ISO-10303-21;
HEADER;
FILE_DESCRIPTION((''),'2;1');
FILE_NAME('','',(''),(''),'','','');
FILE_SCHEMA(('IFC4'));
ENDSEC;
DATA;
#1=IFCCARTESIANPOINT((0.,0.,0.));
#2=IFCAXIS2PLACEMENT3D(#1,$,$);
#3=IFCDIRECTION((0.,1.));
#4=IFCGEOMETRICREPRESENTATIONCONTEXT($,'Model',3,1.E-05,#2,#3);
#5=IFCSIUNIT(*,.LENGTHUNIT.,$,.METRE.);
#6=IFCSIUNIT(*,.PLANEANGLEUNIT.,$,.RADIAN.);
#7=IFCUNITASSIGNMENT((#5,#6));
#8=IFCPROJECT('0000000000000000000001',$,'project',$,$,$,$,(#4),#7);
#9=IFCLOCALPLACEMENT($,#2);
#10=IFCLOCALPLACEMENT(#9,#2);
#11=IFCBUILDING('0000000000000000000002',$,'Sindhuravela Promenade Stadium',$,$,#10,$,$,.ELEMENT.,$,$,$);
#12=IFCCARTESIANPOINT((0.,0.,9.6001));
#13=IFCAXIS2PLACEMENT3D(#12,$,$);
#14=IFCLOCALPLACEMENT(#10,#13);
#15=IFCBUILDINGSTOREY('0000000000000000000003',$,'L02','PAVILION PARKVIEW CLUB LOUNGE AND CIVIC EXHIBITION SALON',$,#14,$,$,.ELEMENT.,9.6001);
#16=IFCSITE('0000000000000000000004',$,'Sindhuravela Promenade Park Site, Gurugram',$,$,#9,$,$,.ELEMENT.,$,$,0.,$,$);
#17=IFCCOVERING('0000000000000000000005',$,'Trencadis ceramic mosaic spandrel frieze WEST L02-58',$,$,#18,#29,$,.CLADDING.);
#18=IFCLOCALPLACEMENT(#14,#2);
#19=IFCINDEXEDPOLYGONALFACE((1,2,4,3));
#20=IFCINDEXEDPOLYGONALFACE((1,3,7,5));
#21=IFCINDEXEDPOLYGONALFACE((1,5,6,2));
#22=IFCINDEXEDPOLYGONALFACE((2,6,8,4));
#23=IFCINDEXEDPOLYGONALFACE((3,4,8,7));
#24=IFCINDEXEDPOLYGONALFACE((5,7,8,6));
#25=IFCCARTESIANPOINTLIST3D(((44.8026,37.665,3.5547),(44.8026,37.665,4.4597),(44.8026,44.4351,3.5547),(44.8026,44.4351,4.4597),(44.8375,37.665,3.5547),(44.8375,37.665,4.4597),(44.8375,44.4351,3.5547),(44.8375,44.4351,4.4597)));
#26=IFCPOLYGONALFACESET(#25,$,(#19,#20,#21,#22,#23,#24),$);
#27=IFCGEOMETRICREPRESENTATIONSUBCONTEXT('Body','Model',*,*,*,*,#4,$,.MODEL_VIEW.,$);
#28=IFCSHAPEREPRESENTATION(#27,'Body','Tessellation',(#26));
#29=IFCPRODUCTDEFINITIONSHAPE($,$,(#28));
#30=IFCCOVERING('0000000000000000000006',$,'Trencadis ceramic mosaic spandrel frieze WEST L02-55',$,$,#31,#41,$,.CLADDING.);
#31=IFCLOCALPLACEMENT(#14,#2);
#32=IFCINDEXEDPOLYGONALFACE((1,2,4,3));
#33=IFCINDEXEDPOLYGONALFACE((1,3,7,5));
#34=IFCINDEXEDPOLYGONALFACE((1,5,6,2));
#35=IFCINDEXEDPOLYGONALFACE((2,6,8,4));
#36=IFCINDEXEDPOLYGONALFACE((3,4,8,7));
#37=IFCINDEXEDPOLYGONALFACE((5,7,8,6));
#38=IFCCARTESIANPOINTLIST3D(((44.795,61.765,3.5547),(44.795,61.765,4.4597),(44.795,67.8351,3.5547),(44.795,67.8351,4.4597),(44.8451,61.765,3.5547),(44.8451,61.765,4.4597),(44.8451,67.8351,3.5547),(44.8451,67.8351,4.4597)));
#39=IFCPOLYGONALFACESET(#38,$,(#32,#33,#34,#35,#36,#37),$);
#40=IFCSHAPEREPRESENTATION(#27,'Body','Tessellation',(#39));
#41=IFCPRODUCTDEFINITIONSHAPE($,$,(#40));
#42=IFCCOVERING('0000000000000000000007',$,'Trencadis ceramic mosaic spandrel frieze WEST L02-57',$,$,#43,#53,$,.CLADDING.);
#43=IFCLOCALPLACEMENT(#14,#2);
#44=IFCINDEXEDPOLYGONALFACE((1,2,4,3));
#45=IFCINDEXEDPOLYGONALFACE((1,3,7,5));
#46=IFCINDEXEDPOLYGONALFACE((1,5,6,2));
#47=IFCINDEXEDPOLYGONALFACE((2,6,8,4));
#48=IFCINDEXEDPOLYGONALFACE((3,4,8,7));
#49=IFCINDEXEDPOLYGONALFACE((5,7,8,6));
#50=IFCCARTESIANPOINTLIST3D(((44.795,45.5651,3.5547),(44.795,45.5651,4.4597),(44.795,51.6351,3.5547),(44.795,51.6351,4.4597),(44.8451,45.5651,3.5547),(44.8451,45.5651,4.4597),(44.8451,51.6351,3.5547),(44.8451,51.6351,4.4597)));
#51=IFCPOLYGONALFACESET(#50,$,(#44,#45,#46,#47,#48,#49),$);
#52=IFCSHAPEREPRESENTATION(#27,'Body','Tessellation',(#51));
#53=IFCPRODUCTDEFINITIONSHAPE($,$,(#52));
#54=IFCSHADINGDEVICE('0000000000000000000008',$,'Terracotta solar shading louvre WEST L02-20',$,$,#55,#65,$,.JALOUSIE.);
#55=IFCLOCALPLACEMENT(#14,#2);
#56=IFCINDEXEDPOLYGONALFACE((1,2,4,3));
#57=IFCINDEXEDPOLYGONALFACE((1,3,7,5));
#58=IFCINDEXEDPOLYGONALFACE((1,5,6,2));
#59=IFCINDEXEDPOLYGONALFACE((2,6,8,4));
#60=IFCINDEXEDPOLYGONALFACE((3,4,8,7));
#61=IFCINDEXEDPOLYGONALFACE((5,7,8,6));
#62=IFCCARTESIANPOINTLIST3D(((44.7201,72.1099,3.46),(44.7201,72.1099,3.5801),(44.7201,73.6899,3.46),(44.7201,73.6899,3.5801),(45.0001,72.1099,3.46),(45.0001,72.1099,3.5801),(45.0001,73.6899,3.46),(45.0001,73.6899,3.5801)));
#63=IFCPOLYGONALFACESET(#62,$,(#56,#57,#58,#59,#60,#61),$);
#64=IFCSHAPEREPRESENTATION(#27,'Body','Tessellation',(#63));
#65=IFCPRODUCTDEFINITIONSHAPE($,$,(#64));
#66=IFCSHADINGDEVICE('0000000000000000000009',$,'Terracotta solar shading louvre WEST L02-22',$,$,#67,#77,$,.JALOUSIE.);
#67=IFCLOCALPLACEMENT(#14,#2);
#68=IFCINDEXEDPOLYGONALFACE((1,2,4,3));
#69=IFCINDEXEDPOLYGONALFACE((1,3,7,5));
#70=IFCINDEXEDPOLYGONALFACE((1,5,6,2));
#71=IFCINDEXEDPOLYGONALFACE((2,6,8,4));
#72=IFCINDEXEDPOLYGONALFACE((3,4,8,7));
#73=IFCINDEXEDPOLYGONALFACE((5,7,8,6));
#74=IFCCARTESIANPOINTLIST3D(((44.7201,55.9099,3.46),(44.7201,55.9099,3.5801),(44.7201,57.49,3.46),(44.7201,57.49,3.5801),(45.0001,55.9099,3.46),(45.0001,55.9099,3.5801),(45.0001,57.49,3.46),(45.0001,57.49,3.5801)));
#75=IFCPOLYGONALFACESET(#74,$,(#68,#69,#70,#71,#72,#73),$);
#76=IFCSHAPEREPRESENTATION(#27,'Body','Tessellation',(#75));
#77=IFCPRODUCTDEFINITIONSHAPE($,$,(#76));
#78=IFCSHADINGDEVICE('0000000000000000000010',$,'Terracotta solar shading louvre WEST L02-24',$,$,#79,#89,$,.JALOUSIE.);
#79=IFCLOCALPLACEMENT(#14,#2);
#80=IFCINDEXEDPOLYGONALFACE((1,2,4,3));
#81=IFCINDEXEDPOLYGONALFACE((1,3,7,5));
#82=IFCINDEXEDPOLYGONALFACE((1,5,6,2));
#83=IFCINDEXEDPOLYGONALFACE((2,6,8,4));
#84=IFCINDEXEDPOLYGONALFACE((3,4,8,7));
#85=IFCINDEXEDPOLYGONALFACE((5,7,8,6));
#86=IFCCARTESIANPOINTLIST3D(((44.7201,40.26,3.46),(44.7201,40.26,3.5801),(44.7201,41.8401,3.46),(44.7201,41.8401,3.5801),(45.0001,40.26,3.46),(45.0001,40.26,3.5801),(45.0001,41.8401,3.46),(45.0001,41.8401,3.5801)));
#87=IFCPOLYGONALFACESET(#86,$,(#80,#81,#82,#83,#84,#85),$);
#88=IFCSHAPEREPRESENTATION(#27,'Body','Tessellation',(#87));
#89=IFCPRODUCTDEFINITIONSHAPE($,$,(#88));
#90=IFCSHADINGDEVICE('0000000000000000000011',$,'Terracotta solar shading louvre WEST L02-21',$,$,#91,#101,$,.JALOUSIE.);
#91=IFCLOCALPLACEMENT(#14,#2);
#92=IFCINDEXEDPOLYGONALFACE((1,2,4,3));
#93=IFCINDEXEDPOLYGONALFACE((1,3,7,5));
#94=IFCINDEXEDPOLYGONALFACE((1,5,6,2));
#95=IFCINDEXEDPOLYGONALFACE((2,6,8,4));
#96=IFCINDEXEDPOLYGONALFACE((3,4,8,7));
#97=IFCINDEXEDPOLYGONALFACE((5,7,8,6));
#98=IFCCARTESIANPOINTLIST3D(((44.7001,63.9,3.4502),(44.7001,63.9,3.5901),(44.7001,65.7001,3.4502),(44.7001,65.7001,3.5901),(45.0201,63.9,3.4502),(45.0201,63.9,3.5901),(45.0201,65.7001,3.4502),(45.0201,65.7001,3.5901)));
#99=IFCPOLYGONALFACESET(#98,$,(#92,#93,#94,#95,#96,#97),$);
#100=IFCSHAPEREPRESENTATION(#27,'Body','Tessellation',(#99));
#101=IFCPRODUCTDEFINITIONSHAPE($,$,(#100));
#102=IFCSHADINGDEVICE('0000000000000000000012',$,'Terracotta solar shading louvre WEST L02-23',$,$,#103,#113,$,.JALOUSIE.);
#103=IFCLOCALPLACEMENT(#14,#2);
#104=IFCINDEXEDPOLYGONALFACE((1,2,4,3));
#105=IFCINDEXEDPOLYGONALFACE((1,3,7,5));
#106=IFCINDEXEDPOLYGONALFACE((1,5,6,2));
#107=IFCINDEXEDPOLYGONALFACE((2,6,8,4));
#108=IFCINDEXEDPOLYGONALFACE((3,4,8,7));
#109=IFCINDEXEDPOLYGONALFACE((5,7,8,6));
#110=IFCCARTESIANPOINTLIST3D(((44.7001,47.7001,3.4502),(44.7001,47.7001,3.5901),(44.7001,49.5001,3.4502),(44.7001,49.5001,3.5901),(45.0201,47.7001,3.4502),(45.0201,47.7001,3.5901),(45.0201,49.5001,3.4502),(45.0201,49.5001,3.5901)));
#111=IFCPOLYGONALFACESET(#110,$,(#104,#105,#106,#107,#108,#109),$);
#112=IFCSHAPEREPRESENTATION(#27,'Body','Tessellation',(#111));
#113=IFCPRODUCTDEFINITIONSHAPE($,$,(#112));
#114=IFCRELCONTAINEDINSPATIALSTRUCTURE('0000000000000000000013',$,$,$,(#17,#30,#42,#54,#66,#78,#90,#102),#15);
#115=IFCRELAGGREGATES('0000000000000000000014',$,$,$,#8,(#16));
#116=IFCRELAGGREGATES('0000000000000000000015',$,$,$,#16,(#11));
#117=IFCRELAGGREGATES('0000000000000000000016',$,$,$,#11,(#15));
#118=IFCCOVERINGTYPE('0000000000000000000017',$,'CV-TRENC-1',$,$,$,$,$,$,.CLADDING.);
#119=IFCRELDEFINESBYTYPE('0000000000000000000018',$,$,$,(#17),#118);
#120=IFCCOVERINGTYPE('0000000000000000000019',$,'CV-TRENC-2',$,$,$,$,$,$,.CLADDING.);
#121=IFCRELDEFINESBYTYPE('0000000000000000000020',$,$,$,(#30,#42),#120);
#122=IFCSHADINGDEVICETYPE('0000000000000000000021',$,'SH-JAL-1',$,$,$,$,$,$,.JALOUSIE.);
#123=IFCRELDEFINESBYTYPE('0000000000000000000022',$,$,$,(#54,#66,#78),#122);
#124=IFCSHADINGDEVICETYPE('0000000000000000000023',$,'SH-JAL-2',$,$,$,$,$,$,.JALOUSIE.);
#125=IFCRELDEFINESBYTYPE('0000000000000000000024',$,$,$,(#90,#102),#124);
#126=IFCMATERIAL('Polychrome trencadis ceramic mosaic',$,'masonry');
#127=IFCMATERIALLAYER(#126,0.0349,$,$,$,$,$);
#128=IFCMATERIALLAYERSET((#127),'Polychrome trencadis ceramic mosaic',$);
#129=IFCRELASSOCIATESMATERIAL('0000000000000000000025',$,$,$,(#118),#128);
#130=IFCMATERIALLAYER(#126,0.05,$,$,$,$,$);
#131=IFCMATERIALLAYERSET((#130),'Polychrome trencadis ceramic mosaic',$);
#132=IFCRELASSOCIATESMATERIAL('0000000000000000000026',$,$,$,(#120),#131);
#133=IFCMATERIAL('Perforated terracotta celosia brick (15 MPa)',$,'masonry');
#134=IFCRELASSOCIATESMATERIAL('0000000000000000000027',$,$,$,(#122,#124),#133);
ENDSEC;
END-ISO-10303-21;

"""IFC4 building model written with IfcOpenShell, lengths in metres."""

from ifc_helpers import new_model, si_unit, direction, frame, origin, origin_2d, place, context, subcontext, project, spatial, rectangle, extrude, material, layer, layer_set, type_object, element, save


model = new_model("IFC4")

# Units and contexts
model_context = context("Model", 3, precision=1e-05, world=origin(), true_north=direction((0.0, 1.0)))
body_context = subcontext(model_context, "Body", "Model", "MODEL_VIEW")
ifc_project = project(units=[si_unit("LENGTHUNIT", "METRE"), si_unit("PLANEANGLEUNIT", "RADIAN")], contexts=[model_context])

# Site, building, storey
site_placement = place(None, origin())
site = spatial("IfcSite", under=ifc_project, at=site_placement, Name="Sindhuravela Promenade Park Site, Gurugram", CompositionType="ELEMENT", RefElevation=0.0)
building_placement = place(site_placement, origin())
building = spatial("IfcBuilding", under=site, at=building_placement, Name="Sindhuravela Promenade Stadium", CompositionType="ELEMENT")
storey_placement = place(building_placement, frame((0.0, 0.0, 9.6001)))
storey = spatial("IfcBuildingStorey", under=building, at=storey_placement, Name="L02", Description="PAVILION PARKVIEW CLUB LOUNGE AND CIVIC EXHIBITION SALON", CompositionType="ELEMENT", Elevation=9.6001)

# Shared definitions
ifc_material_1 = material(Name="Perforated terracotta celosia brick (15 MPa)", Category="masonry")

# Coverings
ifc_material_2 = material(Name="Polychrome trencadis ceramic mosaic", Category="masonry")
ifc_layer_1 = layer(ifc_material_2, 0.0349)
ifc_layer_set_1 = layer_set([ifc_layer_1], Name="Polychrome trencadis ceramic mosaic")
covering_type_1 = type_object("IfcCoveringType", Name="CV-TRENC-1", PredefinedType="CLADDING", material=ifc_layer_set_1)
covering_placement = place(storey_placement, frame((44.8201, 41.05, 3.5547), z_axis=(0.0, 0.0, 1.0), x_axis=(0.0, -1.0, 0.0)))
element("IfcCovering", 1, at=covering_placement, inside=storey, type_object=covering_type_1, Name="Trencadis ceramic mosaic spandrel frieze WEST L02-58", PredefinedType="CLADDING", context=body_context, shape_type="SweptSolid", body=[
    extrude(rectangle(XDim=6.77, YDim=0.0349, at=origin_2d()), origin(), (0.0, 0.0, 1.0), 0.905),
])
ifc_layer_2 = layer(ifc_material_2, 0.05)
ifc_layer_set_2 = layer_set([ifc_layer_2], Name="Polychrome trencadis ceramic mosaic")
covering_type_2 = type_object("IfcCoveringType", Name="CV-TRENC-2", PredefinedType="CLADDING", material=ifc_layer_set_2)
for number, where, z_axis, x_axis, name in (
    (2, (44.8201, 64.8, 3.5547), (0.0, 0.0, 1.0), (0.0, -1.0, 0.0), "Trencadis ceramic mosaic spandrel frieze WEST L02-55"),
    (3, (44.8201, 48.6001, 3.5547), (0.0, 0.0, 1.0), (0.0, -1.0, 0.0), "Trencadis ceramic mosaic spandrel frieze WEST L02-57"),
):
    element("IfcCovering", number, at=place(storey_placement, frame(where, z_axis=z_axis, x_axis=x_axis)), inside=storey, type_object=covering_type_2, Name=name, PredefinedType="CLADDING", context=body_context, shape_type="SweptSolid", body=[
        extrude(rectangle(XDim=6.0701, YDim=0.05, at=origin_2d()), origin(), (0.0, 0.0, 1.0), 0.905),
    ])

# Shading devices
shading_device_type_1 = type_object("IfcShadingDeviceType", Name="SH-JAL-1", PredefinedType="JALOUSIE", material=ifc_material_1)
for number, where, z_axis, x_axis, name in (
    (4, (44.8601, 72.8999, 3.46), (0.0, 0.0, 1.0), (0.0, -1.0, 0.0), "Terracotta solar shading louvre WEST L02-20"),
    (5, (44.8601, 56.7, 3.46), (0.0, 0.0, 1.0), (0.0, -1.0, 0.0), "Terracotta solar shading louvre WEST L02-22"),
    (6, (44.8601, 41.05, 3.46), (0.0, 0.0, 1.0), (0.0, -1.0, 0.0), "Terracotta solar shading louvre WEST L02-24"),
):
    element("IfcShadingDevice", number, at=place(storey_placement, frame(where, z_axis=z_axis, x_axis=x_axis)), inside=storey, type_object=shading_device_type_1, Name=name, PredefinedType="JALOUSIE", context=body_context, shape_type="SweptSolid", body=[
        extrude(rectangle(XDim=1.5801, YDim=0.28, at=origin_2d()), origin(), (0.0, 0.0, 1.0), 0.1201),
    ])
shading_device_type_2 = type_object("IfcShadingDeviceType", Name="SH-JAL-2", PredefinedType="JALOUSIE", material=ifc_material_1)
for number, where, z_axis, x_axis, name in (
    (7, (44.8601, 64.8, 3.4502), (0.0, 0.0, 1.0), (0.0, -1.0, 0.0), "Terracotta solar shading louvre WEST L02-21"),
    (8, (44.8601, 48.6001, 3.4502), (0.0, 0.0, 1.0), (0.0, -1.0, 0.0), "Terracotta solar shading louvre WEST L02-23"),
):
    element("IfcShadingDevice", number, at=place(storey_placement, frame(where, z_axis=z_axis, x_axis=x_axis)), inside=storey, type_object=shading_device_type_2, Name=name, PredefinedType="JALOUSIE", context=body_context, shape_type="SweptSolid", body=[
        extrude(rectangle(XDim=1.8, YDim=0.3201, at=origin_2d()), origin(), (0.0, 0.0, 1.0), 0.1399),
    ])

save(model, "model.ifc")
